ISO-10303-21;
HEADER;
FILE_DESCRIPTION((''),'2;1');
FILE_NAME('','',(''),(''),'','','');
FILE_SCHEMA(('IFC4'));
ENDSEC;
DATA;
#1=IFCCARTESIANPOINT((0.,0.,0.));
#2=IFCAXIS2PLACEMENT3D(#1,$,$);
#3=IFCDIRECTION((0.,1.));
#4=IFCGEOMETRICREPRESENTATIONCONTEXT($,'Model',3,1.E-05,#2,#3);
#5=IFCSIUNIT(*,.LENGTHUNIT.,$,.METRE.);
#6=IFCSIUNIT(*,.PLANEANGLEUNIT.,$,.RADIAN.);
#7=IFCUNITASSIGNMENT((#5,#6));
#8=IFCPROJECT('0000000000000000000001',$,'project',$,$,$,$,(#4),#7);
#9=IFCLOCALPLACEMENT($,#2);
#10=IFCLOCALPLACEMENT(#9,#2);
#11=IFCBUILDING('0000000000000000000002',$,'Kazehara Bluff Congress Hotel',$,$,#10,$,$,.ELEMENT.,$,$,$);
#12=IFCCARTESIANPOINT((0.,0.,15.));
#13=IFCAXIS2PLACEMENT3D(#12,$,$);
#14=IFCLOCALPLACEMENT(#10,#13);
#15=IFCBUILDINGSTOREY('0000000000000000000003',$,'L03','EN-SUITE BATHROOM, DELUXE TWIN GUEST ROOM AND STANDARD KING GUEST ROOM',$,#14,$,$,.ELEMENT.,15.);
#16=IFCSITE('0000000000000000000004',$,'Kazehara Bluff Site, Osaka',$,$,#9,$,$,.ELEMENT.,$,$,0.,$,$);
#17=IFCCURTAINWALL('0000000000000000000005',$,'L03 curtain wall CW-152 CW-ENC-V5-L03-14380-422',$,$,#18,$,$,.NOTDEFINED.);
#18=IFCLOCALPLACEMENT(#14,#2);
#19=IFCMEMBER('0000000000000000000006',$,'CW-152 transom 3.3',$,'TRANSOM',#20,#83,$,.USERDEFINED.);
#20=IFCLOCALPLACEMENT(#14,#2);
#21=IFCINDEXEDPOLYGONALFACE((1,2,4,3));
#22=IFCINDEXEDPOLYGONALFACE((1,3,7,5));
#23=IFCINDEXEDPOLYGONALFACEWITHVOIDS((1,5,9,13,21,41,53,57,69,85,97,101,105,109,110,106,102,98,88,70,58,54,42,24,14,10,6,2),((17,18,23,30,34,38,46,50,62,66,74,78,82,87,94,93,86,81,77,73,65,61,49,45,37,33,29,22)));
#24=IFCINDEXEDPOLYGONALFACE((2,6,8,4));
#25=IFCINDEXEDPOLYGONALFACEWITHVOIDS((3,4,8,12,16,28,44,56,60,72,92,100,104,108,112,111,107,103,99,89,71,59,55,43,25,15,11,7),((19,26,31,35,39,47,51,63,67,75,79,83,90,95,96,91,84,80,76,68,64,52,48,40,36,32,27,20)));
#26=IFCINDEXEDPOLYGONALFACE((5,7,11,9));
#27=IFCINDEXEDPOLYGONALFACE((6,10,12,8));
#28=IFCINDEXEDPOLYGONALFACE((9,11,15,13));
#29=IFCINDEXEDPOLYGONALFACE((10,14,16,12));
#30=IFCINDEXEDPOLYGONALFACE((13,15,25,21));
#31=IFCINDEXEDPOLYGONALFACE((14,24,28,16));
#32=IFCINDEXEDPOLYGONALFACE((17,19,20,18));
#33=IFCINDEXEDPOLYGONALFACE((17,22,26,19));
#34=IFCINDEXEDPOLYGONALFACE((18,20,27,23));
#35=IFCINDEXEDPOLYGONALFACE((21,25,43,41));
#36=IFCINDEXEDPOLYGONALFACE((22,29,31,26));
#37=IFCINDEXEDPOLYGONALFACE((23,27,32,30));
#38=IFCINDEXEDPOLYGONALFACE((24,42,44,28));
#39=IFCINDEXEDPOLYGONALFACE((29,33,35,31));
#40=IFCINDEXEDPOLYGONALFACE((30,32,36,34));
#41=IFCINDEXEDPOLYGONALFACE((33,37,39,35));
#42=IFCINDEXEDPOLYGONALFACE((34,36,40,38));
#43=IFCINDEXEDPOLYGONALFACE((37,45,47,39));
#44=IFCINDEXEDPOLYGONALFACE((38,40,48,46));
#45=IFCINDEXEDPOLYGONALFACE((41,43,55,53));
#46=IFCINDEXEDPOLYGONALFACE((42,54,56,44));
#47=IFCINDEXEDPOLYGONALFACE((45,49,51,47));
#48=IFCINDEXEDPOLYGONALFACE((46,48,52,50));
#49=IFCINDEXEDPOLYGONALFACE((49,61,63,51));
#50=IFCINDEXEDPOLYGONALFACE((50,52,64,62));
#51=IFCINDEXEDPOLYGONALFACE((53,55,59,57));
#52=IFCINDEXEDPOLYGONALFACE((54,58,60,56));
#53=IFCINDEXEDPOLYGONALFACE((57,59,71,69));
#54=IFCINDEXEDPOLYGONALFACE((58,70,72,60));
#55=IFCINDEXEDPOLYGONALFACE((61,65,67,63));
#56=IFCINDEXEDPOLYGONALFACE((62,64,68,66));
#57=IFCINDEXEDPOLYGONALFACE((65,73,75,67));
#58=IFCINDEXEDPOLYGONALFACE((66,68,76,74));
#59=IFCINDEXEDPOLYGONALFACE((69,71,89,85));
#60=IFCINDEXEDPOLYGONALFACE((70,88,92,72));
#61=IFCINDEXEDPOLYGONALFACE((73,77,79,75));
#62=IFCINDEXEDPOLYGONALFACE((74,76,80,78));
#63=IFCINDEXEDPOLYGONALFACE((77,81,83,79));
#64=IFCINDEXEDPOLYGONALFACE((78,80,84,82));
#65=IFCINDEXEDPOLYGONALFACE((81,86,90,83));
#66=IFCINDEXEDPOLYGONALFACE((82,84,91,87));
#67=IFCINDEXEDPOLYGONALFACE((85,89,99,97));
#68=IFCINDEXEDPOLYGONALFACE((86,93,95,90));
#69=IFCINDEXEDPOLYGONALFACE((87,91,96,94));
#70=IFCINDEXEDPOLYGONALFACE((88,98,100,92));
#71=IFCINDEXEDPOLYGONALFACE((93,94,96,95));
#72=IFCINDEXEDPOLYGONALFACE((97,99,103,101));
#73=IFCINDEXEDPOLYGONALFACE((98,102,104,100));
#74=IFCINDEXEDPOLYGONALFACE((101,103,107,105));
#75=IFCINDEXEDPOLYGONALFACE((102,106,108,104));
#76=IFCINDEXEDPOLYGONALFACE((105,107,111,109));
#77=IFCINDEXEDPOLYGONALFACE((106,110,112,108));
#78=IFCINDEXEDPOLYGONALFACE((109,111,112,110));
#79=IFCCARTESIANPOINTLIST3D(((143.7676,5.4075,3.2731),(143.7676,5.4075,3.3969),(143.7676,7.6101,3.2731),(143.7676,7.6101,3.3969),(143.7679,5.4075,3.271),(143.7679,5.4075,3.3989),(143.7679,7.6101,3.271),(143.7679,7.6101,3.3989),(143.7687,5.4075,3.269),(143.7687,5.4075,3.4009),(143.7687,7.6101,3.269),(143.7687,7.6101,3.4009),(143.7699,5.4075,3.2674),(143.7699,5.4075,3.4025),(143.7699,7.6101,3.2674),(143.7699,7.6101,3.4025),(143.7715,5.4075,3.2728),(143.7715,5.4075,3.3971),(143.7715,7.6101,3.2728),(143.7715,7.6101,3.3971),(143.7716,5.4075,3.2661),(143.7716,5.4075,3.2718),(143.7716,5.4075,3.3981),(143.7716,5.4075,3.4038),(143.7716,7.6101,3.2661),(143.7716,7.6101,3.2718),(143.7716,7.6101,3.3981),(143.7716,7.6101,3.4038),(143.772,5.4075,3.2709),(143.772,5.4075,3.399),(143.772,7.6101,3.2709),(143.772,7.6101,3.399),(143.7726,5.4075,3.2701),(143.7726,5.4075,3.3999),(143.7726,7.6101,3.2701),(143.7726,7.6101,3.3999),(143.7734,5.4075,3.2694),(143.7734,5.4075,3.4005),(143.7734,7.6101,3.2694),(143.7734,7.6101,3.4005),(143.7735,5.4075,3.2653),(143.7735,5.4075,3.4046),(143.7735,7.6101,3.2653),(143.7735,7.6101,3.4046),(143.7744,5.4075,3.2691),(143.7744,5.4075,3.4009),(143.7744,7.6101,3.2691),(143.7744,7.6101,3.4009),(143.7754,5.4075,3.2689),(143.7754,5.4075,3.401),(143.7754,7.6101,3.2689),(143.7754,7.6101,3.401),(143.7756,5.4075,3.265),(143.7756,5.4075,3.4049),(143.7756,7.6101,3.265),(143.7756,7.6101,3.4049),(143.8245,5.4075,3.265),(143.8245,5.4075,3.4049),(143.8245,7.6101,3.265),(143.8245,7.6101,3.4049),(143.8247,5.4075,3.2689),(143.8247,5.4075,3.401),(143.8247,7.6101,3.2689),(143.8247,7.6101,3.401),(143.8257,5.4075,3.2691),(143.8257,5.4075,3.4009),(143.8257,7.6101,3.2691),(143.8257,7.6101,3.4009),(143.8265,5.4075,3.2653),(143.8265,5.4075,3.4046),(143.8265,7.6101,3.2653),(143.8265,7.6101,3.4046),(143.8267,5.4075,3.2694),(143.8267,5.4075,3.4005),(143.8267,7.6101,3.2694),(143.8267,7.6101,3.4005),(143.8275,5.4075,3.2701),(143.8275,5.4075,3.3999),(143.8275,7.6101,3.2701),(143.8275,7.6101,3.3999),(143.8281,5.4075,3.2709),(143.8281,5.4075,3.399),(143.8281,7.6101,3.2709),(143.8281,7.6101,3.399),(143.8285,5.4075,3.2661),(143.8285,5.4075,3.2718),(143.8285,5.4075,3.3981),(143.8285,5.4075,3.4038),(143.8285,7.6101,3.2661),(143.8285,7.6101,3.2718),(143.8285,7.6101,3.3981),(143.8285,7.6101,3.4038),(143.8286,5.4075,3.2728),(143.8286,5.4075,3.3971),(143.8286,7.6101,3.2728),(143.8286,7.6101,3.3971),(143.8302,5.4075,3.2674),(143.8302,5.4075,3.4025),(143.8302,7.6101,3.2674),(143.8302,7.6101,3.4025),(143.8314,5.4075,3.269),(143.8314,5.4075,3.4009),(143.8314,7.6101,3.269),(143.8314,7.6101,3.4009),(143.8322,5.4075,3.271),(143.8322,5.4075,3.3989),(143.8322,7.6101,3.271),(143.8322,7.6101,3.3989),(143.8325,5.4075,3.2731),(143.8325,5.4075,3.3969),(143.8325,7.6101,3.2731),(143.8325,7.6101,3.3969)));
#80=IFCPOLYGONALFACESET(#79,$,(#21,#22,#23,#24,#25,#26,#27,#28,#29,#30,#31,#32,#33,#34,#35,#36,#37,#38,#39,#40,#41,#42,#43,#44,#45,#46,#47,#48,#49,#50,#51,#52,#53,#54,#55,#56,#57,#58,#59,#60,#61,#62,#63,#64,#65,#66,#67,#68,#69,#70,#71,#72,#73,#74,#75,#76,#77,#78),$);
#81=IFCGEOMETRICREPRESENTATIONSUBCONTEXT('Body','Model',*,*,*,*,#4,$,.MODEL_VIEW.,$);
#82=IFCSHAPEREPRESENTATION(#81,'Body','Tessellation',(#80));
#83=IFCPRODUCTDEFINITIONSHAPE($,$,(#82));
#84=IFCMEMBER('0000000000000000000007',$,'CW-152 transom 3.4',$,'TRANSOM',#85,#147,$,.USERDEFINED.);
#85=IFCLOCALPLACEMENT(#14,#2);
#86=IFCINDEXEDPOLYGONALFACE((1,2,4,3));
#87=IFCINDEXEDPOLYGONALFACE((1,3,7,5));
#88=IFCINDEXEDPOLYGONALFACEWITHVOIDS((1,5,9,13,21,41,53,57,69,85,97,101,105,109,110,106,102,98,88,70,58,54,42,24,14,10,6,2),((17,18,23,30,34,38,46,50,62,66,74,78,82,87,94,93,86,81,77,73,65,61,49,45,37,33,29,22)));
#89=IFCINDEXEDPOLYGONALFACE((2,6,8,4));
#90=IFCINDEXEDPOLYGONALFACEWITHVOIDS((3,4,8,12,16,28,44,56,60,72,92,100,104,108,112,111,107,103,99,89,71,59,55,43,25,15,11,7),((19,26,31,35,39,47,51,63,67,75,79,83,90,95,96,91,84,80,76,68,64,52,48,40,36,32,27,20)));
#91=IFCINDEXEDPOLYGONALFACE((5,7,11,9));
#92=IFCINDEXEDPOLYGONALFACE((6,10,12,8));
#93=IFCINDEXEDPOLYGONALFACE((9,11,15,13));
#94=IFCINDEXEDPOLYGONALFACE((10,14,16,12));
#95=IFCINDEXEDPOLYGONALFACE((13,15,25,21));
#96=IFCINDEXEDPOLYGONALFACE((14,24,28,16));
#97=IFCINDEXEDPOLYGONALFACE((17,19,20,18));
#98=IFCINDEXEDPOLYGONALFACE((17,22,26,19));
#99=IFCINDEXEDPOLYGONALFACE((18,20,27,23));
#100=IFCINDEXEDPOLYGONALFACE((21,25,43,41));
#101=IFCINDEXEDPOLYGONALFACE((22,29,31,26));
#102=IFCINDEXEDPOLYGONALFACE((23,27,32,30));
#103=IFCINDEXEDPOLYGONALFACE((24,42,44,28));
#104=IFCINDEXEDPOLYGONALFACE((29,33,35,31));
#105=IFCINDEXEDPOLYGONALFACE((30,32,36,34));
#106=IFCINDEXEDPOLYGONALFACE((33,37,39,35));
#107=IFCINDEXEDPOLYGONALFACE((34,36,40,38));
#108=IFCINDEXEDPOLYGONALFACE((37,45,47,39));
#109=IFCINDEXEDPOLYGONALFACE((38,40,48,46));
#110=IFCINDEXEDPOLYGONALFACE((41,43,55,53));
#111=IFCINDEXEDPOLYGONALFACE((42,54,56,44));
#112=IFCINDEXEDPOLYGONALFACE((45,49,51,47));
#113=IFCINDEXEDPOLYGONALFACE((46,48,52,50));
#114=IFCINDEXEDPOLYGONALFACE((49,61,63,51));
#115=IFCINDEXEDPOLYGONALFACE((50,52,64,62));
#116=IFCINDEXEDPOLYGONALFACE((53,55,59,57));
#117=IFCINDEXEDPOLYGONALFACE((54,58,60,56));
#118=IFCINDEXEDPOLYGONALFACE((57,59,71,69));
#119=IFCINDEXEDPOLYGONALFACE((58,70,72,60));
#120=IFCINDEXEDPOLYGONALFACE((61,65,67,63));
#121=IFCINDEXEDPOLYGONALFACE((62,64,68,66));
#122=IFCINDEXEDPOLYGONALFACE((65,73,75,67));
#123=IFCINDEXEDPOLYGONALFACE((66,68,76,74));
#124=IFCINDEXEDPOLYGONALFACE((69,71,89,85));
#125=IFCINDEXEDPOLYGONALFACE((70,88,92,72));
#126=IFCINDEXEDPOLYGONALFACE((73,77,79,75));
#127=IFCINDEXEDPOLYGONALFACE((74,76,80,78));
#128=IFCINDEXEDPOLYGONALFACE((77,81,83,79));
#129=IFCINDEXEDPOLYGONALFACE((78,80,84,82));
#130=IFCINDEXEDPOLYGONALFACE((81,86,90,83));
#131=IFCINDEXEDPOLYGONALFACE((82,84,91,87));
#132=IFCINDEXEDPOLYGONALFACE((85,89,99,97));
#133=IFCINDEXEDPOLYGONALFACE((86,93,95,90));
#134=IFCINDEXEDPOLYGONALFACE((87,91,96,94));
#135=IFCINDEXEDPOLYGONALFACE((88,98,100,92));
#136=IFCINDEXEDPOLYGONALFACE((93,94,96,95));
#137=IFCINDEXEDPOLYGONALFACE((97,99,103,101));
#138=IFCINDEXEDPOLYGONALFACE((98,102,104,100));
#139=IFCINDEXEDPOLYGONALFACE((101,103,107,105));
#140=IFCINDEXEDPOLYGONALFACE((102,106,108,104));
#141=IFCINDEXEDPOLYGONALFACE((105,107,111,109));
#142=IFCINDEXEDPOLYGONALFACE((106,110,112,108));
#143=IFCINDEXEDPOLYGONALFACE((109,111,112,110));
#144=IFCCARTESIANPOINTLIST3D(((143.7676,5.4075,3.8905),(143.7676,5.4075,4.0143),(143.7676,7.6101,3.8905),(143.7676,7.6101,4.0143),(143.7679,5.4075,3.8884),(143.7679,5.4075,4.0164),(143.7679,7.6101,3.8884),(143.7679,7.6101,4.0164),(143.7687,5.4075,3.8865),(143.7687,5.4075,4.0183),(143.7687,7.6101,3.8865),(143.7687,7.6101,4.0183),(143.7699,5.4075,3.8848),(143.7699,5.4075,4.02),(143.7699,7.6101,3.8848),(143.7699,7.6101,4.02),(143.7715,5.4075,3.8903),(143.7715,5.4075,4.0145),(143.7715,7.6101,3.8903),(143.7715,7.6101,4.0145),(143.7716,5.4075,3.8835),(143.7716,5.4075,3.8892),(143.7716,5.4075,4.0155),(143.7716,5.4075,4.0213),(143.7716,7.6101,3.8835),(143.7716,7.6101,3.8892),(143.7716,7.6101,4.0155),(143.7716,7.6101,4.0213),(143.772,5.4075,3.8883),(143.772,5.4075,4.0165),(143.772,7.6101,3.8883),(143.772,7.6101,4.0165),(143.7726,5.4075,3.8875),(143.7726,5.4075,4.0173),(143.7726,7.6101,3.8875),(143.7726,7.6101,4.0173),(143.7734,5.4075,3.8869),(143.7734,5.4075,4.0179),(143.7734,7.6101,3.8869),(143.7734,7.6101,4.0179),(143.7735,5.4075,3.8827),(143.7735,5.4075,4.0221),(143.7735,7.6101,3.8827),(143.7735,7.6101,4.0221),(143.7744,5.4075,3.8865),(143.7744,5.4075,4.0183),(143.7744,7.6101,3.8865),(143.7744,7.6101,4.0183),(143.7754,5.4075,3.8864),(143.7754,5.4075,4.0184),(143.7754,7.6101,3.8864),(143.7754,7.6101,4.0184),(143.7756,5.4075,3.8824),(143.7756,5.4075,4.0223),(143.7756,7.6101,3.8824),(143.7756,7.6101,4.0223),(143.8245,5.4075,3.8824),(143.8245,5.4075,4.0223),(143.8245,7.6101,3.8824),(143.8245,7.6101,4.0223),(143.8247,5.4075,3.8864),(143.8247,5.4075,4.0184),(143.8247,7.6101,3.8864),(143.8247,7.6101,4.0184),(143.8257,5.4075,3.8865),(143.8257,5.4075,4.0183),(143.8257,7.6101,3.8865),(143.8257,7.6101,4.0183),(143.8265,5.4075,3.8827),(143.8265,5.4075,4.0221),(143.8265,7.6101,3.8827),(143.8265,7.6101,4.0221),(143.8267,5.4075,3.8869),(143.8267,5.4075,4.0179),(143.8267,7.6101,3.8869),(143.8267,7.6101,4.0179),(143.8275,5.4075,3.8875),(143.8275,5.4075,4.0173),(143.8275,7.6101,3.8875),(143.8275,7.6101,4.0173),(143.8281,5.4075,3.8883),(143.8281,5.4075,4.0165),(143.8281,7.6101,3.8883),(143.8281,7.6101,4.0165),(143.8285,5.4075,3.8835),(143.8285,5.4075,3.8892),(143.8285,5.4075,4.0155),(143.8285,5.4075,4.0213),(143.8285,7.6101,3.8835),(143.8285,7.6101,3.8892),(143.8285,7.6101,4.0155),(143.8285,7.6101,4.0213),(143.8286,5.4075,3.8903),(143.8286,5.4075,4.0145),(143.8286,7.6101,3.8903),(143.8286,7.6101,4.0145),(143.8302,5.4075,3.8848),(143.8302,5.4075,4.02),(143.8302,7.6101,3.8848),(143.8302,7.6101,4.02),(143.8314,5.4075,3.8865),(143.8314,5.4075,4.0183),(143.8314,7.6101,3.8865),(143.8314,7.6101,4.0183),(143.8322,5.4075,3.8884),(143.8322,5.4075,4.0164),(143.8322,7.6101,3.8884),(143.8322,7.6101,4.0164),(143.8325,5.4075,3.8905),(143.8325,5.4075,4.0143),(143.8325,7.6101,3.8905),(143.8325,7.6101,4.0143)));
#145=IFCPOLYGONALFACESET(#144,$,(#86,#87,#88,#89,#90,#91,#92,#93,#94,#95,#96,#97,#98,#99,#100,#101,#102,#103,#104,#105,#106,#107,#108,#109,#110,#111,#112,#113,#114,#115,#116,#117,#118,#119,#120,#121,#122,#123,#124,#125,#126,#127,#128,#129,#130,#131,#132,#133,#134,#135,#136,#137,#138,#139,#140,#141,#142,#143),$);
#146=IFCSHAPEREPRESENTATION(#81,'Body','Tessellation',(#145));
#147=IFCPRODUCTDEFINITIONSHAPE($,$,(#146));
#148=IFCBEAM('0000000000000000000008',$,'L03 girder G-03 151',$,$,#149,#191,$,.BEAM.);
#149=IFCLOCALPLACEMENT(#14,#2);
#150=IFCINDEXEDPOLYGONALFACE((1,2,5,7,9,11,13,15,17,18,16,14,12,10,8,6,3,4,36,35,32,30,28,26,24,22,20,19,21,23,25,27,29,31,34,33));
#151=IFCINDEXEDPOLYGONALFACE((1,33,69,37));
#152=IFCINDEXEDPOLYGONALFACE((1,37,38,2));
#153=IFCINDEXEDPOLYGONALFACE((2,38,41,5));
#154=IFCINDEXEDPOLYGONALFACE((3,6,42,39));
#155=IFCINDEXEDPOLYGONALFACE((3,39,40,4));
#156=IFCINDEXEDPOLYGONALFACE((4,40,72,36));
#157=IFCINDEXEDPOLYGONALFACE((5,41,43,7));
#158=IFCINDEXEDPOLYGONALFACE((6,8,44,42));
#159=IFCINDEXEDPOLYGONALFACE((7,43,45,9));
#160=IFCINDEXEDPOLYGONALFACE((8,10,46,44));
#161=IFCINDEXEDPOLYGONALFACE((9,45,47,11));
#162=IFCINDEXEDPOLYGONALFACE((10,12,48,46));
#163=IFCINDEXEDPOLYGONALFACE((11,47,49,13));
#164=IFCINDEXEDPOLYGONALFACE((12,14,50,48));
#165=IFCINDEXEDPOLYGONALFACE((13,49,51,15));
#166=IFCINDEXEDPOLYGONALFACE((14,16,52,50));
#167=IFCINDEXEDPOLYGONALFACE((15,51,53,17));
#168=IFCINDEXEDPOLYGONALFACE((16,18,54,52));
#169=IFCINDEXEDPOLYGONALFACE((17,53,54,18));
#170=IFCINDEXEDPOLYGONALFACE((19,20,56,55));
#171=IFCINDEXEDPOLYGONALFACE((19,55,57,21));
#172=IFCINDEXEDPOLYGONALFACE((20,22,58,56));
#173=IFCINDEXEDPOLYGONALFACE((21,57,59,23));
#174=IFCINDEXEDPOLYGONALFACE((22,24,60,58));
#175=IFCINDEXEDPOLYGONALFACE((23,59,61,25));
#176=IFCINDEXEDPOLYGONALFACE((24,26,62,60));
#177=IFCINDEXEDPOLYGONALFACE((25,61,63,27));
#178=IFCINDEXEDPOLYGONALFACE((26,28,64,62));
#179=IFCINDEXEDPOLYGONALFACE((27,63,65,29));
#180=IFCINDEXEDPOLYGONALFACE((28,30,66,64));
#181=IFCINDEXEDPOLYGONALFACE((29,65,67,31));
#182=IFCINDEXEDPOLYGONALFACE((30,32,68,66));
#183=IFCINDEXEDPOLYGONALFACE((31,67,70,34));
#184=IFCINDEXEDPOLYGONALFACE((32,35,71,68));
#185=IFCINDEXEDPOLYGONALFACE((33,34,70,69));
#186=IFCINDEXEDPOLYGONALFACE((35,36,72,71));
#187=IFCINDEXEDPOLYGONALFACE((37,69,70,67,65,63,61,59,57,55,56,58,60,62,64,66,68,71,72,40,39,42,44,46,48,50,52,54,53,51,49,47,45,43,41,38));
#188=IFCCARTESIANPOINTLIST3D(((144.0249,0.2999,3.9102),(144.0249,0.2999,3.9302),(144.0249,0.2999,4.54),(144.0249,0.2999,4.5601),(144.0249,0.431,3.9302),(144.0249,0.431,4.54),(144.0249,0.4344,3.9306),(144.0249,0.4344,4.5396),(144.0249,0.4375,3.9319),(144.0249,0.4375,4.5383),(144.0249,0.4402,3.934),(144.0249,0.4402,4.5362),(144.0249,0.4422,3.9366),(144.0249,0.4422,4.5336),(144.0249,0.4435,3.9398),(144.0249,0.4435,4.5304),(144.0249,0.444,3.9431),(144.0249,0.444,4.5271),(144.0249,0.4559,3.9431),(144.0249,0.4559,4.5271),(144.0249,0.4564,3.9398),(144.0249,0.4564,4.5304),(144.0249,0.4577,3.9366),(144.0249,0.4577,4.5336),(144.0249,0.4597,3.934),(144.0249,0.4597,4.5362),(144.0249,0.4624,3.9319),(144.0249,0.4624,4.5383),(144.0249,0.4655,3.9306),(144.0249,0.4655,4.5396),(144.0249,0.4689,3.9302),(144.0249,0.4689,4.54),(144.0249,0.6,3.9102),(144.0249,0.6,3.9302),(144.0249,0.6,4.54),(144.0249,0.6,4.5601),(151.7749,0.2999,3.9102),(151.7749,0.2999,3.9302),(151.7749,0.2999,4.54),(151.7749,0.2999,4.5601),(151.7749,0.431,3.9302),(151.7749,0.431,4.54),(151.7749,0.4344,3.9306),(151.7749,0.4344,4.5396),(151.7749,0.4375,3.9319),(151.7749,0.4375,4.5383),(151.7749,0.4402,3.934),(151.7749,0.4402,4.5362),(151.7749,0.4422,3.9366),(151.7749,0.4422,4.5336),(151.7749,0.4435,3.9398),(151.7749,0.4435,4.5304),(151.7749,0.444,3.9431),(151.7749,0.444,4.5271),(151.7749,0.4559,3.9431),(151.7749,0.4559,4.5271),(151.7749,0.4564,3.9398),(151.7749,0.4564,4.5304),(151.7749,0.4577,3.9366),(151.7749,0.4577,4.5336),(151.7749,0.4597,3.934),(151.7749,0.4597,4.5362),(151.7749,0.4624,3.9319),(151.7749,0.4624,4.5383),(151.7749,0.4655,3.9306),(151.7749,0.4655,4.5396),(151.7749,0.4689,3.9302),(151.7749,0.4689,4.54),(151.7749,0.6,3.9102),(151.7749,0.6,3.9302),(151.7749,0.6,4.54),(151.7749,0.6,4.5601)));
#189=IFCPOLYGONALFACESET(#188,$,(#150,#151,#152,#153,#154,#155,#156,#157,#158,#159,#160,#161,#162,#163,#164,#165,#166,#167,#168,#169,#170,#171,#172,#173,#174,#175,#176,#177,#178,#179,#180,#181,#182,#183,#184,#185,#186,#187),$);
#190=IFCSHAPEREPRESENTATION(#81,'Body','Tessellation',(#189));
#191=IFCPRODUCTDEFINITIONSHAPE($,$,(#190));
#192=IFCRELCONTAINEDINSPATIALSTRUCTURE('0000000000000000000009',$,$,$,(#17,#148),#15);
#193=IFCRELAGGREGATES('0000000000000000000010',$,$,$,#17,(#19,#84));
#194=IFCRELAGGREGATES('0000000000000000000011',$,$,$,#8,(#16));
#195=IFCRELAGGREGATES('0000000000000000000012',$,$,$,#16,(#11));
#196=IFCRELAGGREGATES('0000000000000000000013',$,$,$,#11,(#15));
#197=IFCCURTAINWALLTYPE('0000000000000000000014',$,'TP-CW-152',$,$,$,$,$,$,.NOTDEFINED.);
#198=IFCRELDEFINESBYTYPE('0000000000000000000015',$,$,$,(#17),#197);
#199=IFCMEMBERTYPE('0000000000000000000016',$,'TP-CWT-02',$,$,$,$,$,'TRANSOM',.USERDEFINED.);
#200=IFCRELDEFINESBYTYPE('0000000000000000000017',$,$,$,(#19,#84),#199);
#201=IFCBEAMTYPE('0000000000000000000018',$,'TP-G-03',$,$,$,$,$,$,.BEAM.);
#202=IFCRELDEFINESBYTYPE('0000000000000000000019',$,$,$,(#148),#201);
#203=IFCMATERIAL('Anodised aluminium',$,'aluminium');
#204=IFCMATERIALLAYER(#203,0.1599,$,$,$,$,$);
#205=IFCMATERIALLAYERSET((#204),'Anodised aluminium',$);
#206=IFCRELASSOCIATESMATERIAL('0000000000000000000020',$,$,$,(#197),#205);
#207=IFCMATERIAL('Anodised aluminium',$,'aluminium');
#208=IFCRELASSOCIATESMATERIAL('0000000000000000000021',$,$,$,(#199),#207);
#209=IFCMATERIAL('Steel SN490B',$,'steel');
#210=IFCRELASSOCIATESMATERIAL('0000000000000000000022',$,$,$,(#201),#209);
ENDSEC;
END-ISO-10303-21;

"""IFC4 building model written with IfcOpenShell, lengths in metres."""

from ifc_helpers import new_model, si_unit, direction, frame, origin, origin_2d, place, context, subcontext, project, spatial, hollow_rectangle, i_section, extrude, material, layer, layer_set, material_profile, profile_set, type_object, element, aggregate, save


model = new_model("IFC4")

# Units and contexts
model_context = context("Model", 3, precision=1e-05, world=origin(), true_north=direction((0.0, 1.0)))
body_context = subcontext(model_context, "Body", "Model", "MODEL_VIEW")
ifc_project = project(units=[si_unit("LENGTHUNIT", "METRE"), si_unit("PLANEANGLEUNIT", "RADIAN")], contexts=[model_context])

# Site, building, storey
site_placement = place(None, origin())
site = spatial("IfcSite", under=ifc_project, at=site_placement, Name="Kazehara Bluff Site, Osaka", CompositionType="ELEMENT", RefElevation=0.0)
building_placement = place(site_placement, origin())
building = spatial("IfcBuilding", under=site, at=building_placement, Name="Kazehara Bluff Congress Hotel", CompositionType="ELEMENT")
storey_placement = place(building_placement, frame((0.0, 0.0, 15.0)))
storey = spatial("IfcBuildingStorey", under=building, at=storey_placement, Name="L03", Description="EN-SUITE BATHROOM, DELUXE TWIN GUEST ROOM AND STANDARD KING GUEST ROOM", CompositionType="ELEMENT", Elevation=15.0)

# Curtain wall
ifc_material_1 = material(Name="Anodised aluminium", Category="aluminium")
ifc_layer_1 = layer(ifc_material_1, 0.1599)
ifc_layer_set_1 = layer_set([ifc_layer_1], Name="Anodised aluminium")
curtain_wall_type_1 = type_object("IfcCurtainWallType", Name="TP-CW-152", PredefinedType="NOTDEFINED", material=ifc_layer_set_1)
curtain_wall_1_placement = place(storey_placement, origin())
curtain_wall_1 = element("IfcCurtainWall", 1, at=curtain_wall_1_placement, inside=storey, type_object=curtain_wall_type_1, Name="L03 curtain wall CW-152 CW-ENC-V5-L03-14380-422", PredefinedType="NOTDEFINED")

# Members
ifc_material_2 = material(Name="Anodised aluminium", Category="aluminium")
ifc_material_profile_1 = material_profile(ifc_material_2, hollow_rectangle(XDim=0.0649, YDim=0.1399, WallThickness=0.0039, InnerFilletRadius=0.0039, OuterFilletRadius=0.0081, at=origin_2d()))
ifc_profile_set_1 = profile_set([ifc_material_profile_1], Name="Anodised aluminium")
member_type_1 = type_object("IfcMemberType", Name="TP-CWT-02", ElementType="TRANSOM", PredefinedType="USERDEFINED", material=ifc_profile_set_1)
member_1_placement = place(storey_placement, frame((143.8, 5.4075, 3.335), z_axis=(0.0, 1.0, 0.0), x_axis=(-1.0, 0.0, 0.0)))
member_1 = element("IfcMember", 2, at=member_1_placement, type_object=member_type_1, Name="CW-152 transom 3.3", ObjectType="TRANSOM", PredefinedType="USERDEFINED", context=body_context, shape_type="SweptSolid", body=[
    extrude(hollow_rectangle(XDim=0.0649, YDim=0.1399, WallThickness=0.0039, InnerFilletRadius=0.0039, OuterFilletRadius=0.0081, at=origin_2d()), origin(), (0.0, 0.0, 1.0), 2.2026),
])
member_2_placement = place(storey_placement, frame((143.8, 5.4075, 3.9524), z_axis=(0.0, 1.0, 0.0), x_axis=(-1.0, 0.0, 0.0)))
member_2 = element("IfcMember", 3, at=member_2_placement, type_object=member_type_1, Name="CW-152 transom 3.4", ObjectType="TRANSOM", PredefinedType="USERDEFINED", context=body_context, shape_type="SweptSolid", body=[
    extrude(hollow_rectangle(XDim=0.0649, YDim=0.1399, WallThickness=0.0039, InnerFilletRadius=0.0039, OuterFilletRadius=0.0081, at=origin_2d()), origin(), (0.0, 0.0, 1.0), 2.2026),
])

# Beam
ifc_material_3 = material(Name="Steel SN490B", Category="steel")
ifc_material_profile_2 = material_profile(ifc_material_3, i_section(OverallWidth=0.3, OverallDepth=0.6499, WebThickness=0.012, FlangeThickness=0.02, FilletRadius=0.0129, at=origin_2d()))
ifc_profile_set_2 = profile_set([ifc_material_profile_2], Name="Steel SN490B")
beam_type_1 = type_object("IfcBeamType", Name="TP-G-03", PredefinedType="BEAM", material=ifc_profile_set_2)
beam_1_placement = place(storey_placement, frame((144.0249, 0.45, 4.2351), z_axis=(1.0, 0.0, 0.0), x_axis=(0.0, 1.0, 0.0)))
element("IfcBeam", 4, at=beam_1_placement, inside=storey, type_object=beam_type_1, Name="L03 girder G-03 151", PredefinedType="BEAM", context=body_context, shape_type="SweptSolid", body=[
    extrude(i_section(OverallWidth=0.3, OverallDepth=0.6499, WebThickness=0.012, FlangeThickness=0.02, FilletRadius=0.0129, at=origin_2d()), origin(), (0.0, 0.0, 1.0), 7.75),
])

aggregate(curtain_wall_1, [member_1, member_2])

save(model, "model.ifc")
